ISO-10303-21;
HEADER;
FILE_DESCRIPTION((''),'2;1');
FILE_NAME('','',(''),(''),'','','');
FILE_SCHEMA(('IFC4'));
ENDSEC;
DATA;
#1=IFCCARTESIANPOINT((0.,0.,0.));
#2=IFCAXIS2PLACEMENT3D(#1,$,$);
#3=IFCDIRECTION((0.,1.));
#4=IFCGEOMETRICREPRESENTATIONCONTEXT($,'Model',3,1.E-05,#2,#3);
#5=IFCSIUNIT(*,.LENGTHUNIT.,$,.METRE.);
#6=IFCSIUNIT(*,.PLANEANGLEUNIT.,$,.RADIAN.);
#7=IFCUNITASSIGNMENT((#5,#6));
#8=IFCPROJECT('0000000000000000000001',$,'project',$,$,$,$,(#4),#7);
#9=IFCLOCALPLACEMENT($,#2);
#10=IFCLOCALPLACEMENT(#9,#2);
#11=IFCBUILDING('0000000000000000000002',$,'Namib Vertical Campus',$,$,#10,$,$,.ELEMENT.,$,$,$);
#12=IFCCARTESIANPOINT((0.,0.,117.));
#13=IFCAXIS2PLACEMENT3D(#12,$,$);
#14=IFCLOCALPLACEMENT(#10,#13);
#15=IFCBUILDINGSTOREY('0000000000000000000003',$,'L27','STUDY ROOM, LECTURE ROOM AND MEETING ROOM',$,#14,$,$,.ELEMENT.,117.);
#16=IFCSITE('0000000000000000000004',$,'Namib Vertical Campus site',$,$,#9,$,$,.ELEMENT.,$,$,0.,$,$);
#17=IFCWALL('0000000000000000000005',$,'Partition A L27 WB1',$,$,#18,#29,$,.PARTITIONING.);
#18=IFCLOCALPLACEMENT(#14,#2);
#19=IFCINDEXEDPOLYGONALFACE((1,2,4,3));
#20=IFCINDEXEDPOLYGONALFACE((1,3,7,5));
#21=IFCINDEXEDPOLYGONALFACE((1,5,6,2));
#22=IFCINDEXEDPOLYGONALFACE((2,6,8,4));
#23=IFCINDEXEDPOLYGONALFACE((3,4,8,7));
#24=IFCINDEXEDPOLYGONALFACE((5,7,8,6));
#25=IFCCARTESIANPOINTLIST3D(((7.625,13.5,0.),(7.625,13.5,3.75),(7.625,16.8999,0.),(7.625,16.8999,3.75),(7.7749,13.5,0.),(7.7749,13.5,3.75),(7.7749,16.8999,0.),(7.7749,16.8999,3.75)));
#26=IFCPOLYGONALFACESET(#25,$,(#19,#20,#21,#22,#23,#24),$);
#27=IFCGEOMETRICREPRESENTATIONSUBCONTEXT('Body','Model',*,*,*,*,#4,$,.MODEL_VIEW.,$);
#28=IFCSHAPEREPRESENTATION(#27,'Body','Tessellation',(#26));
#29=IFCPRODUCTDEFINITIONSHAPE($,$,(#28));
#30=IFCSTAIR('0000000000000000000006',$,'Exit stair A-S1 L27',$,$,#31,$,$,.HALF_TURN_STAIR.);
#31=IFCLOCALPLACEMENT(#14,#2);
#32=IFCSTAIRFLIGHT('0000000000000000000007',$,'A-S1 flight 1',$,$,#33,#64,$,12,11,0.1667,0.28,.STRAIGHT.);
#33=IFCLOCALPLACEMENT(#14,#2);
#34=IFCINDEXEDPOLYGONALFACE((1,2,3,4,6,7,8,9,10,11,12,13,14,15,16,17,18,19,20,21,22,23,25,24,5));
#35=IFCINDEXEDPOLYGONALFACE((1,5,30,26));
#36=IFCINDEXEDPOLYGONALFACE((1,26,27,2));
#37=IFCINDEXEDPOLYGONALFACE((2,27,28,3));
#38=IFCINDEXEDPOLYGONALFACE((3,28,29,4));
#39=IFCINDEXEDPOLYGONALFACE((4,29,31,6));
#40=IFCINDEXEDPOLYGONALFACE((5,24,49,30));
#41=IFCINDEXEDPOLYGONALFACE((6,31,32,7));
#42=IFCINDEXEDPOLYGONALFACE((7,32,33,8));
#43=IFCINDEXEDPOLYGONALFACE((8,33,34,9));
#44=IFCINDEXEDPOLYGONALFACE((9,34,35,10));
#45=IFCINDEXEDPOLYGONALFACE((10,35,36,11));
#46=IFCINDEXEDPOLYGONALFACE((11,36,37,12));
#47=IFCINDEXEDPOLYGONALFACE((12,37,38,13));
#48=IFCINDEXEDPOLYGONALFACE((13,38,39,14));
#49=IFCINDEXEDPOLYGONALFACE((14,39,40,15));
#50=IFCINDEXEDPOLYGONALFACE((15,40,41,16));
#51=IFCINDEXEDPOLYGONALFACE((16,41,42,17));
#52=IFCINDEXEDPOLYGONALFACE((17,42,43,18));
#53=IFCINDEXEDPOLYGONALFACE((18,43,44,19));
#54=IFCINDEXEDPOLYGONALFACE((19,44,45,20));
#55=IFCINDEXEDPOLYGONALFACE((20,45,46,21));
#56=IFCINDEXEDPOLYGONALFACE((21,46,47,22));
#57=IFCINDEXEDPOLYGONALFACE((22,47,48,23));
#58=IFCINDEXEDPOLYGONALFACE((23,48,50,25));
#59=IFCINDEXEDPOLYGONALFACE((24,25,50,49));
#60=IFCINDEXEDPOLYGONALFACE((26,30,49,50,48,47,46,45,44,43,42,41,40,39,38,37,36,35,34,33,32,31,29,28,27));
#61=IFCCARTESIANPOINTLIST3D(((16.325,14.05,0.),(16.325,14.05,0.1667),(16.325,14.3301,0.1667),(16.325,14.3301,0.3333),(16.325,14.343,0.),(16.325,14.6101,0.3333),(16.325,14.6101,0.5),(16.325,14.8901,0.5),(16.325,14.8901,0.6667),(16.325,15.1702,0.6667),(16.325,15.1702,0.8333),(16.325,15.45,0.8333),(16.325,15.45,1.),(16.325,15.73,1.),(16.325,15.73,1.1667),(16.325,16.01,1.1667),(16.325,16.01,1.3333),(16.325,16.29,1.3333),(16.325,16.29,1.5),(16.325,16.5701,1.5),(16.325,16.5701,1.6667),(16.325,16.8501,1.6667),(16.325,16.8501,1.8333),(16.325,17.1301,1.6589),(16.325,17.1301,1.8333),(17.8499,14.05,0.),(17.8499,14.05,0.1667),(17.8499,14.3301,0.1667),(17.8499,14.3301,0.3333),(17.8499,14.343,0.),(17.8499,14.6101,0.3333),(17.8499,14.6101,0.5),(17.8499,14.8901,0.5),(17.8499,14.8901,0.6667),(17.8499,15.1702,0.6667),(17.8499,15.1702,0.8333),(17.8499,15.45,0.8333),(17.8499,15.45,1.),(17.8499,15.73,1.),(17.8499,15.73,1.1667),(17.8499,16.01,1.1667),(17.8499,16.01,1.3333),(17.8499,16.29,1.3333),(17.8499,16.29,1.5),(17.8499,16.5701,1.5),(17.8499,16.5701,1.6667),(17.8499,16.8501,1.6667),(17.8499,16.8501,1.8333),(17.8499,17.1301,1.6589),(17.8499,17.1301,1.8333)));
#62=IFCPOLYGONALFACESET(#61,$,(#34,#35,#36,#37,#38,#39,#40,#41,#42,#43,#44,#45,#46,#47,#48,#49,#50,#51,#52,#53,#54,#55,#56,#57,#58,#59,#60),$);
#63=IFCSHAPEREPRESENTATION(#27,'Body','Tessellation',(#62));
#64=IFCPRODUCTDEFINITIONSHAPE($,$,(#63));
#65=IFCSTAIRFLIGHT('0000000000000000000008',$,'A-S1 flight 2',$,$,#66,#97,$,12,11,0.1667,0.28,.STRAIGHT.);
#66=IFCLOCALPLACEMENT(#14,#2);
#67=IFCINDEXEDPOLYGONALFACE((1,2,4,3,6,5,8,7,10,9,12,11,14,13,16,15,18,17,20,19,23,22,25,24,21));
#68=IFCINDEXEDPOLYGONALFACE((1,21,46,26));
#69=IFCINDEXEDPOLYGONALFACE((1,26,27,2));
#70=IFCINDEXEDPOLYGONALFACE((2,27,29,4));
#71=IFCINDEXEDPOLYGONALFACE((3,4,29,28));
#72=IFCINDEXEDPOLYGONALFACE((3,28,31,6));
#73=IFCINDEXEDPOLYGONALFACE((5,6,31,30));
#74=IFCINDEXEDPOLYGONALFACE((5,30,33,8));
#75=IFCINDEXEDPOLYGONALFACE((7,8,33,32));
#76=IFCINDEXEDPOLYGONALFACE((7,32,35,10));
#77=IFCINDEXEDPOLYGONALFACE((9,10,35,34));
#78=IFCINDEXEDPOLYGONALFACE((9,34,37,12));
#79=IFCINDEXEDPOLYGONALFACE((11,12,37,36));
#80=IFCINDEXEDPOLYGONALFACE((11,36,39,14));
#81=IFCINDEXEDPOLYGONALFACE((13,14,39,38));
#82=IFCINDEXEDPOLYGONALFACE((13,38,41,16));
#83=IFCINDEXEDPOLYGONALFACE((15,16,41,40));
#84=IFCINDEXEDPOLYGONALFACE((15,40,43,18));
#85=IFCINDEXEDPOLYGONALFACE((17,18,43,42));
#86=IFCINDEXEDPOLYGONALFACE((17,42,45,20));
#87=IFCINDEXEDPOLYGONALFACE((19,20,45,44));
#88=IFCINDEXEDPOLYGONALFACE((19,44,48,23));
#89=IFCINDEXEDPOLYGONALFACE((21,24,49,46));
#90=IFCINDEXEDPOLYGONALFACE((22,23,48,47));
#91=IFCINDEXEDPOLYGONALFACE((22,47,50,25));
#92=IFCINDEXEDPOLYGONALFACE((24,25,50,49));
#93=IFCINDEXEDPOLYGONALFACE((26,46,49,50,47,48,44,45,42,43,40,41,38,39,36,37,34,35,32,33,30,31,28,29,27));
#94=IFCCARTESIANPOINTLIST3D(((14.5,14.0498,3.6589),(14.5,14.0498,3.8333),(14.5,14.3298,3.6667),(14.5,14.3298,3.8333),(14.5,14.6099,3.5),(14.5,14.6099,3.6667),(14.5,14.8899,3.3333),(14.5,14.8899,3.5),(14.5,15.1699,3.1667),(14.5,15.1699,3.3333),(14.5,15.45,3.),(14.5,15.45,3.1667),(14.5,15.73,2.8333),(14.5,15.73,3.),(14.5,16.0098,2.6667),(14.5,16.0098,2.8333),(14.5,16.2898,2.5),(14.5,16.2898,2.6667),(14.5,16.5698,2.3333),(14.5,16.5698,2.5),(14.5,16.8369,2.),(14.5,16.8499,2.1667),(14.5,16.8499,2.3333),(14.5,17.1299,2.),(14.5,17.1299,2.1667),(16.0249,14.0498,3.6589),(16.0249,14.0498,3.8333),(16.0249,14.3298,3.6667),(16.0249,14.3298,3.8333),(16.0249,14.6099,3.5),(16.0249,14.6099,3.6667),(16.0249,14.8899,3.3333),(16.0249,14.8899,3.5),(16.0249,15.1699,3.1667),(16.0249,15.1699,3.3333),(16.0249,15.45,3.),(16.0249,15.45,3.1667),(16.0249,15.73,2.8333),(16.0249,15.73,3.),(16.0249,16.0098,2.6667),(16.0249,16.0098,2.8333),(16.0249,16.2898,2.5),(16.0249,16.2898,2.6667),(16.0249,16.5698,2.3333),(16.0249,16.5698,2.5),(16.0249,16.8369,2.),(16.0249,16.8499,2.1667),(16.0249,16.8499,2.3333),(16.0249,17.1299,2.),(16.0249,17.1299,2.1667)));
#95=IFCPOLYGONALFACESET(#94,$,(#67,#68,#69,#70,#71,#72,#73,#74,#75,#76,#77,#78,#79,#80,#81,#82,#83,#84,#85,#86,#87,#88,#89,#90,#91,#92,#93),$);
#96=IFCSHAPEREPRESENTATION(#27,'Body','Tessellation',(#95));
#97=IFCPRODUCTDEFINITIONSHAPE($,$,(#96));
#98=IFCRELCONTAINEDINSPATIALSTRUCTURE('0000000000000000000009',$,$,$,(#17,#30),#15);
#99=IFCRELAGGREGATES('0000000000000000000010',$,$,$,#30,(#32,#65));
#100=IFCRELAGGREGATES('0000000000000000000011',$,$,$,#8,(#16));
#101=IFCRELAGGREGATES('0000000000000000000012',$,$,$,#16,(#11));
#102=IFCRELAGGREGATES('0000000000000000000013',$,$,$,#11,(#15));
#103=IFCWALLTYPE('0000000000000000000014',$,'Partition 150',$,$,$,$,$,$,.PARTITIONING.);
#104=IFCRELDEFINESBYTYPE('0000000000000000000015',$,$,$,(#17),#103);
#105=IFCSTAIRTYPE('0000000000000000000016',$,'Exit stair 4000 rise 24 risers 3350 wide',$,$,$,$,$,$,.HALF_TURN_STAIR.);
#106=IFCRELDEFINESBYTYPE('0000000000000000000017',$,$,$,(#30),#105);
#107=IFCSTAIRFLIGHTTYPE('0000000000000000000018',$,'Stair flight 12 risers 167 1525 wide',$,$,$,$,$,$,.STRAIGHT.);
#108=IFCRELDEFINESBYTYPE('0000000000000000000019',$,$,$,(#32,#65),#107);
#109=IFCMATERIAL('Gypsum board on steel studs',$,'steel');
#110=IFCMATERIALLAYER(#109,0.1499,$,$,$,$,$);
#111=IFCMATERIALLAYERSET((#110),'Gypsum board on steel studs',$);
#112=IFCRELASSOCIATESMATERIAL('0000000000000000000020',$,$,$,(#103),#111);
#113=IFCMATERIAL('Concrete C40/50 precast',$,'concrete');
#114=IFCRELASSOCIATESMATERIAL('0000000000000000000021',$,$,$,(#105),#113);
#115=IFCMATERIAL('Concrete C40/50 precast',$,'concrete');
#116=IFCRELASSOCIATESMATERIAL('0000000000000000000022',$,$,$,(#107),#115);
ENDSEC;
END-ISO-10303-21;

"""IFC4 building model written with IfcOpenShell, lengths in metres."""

from ifc_helpers import new_model, si_unit, direction, frame, frame_2d, origin, place, context, subcontext, project, spatial, polyline, rectangle, outline, extrude, material, layer, layer_set, type_object, element, aggregate, save


model = new_model("IFC4")

# Units and contexts
model_context = context("Model", 3, precision=1e-05, world=origin(), true_north=direction((0.0, 1.0)))
body_context = subcontext(model_context, "Body", "Model", "MODEL_VIEW")
ifc_project = project(units=[si_unit("LENGTHUNIT", "METRE"), si_unit("PLANEANGLEUNIT", "RADIAN")], contexts=[model_context])

# Site, building, storey
site_placement = place(None, origin())
site = spatial("IfcSite", under=ifc_project, at=site_placement, Name="Namib Vertical Campus site", CompositionType="ELEMENT", RefElevation=0.0)
building_placement = place(site_placement, origin())
building = spatial("IfcBuilding", under=site, at=building_placement, Name="Namib Vertical Campus", CompositionType="ELEMENT")
storey_placement = place(building_placement, frame((0.0, 0.0, 117.0)))
storey = spatial("IfcBuildingStorey", under=building, at=storey_placement, Name="L27", Description="STUDY ROOM, LECTURE ROOM AND MEETING ROOM", CompositionType="ELEMENT", Elevation=117.0)

# Wall
ifc_material_1 = material(Name="Gypsum board on steel studs", Category="steel")
ifc_layer_1 = layer(ifc_material_1, 0.1499)
ifc_layer_set_1 = layer_set([ifc_layer_1], Name="Gypsum board on steel studs")
wall_type_1 = type_object("IfcWallType", Name="Partition 150", PredefinedType="PARTITIONING", material=ifc_layer_set_1)
wall_1_placement = place(storey_placement, frame((7.7, 13.5, 0.0), z_axis=(0.0, 0.0, 1.0), x_axis=(0.0, 1.0, 0.0)))
element("IfcWall", 1, at=wall_1_placement, inside=storey, type_object=wall_type_1, Name="Partition A L27 WB1", PredefinedType="PARTITIONING", context=body_context, shape_type="SweptSolid", body=[
    extrude(rectangle(XDim=3.3999, YDim=0.1499, at=frame_2d((1.7, 0.0))), origin(), (0.0, 0.0, 1.0), 3.75),
])

# Stair, stair flights
ifc_material_2 = material(Name="Concrete C40/50 precast", Category="concrete")
stair_type = type_object("IfcStairType", Name="Exit stair 4000 rise 24 risers 3350 wide", PredefinedType="HALF_TURN_STAIR", material=ifc_material_2)
stair_placement = place(storey_placement, origin())
stair = element("IfcStair", 2, at=stair_placement, inside=storey, type_object=stair_type, Name="Exit stair A-S1 L27", PredefinedType="HALF_TURN_STAIR")
ifc_material_3 = material(Name="Concrete C40/50 precast", Category="concrete")
stair_flight_type = type_object("IfcStairFlightType", Name="Stair flight 12 risers 167 1525 wide", PredefinedType="STRAIGHT", material=ifc_material_3)
stair_flight_1_placement = place(storey_placement, frame((17.0874, 14.05, 0.0), z_axis=(0.0, 0.0, 1.0), x_axis=(0.0, 1.0, 0.0)))
stair_flight_1 = element("IfcStairFlight", 3, at=stair_flight_1_placement, type_object=stair_flight_type, Name="A-S1 flight 1", NumberOfRisers=12, NumberOfTreads=11, PredefinedType="STRAIGHT", RiserHeight=0.1667, TreadLength=0.28, context=body_context, shape_type="SweptSolid", body=[
    extrude(outline(polyline([(0.0, 0.0), (0.0, 0.1667), (0.28, 0.1667), (0.28, 0.3333), (0.5601, 0.3333), (0.5601, 0.5), (0.8401, 0.5), (0.8401, 0.6667), (1.1201, 0.6667), (1.1201, 0.8333), (1.3999, 0.8333), (1.3999, 1.0), (1.6799, 1.0), (1.6799, 1.1667), (1.96, 1.1667), (1.96, 1.3333), (2.24, 1.3333), (2.24, 1.5), (2.52, 1.5), (2.52, 1.6667), (2.8, 1.6667), (2.8, 1.8333), (3.0801, 1.8333), (3.0801, 2.0), (3.0801, 1.6589), (0.293, 0.0), (0.0, 0.0)])), frame((0.0, 0.7625, 0.0), z_axis=(0.0, -1.0, 0.0), x_axis=(1.0, 0.0, 0.0)), (0.0, 0.0, 1.0), 1.5249),
])
stair_flight_2_placement = place(storey_placement, frame((15.2625, 17.1299, 2.0), z_axis=(0.0, 0.0, 1.0), x_axis=(0.0, -1.0, 0.0)))
stair_flight_2 = element("IfcStairFlight", 4, at=stair_flight_2_placement, type_object=stair_flight_type, Name="A-S1 flight 2", NumberOfRisers=12, NumberOfTreads=11, PredefinedType="STRAIGHT", RiserHeight=0.1667, TreadLength=0.28, context=body_context, shape_type="SweptSolid", body=[
    extrude(outline(polyline([(0.0, 0.0), (0.0, 0.1667), (0.28, 0.1667), (0.28, 0.3333), (0.5601, 0.3333), (0.5601, 0.5), (0.8401, 0.5), (0.8401, 0.6667), (1.1201, 0.6667), (1.1201, 0.8333), (1.3999, 0.8333), (1.3999, 1.0), (1.6799, 1.0), (1.6799, 1.1667), (1.96, 1.1667), (1.96, 1.3333), (2.24, 1.3333), (2.24, 1.5), (2.52, 1.5), (2.52, 1.6667), (2.8, 1.6667), (2.8, 1.8333), (3.0801, 1.8333), (3.0801, 2.0), (3.0801, 1.6589), (0.293, 0.0), (0.0, 0.0)])), frame((0.0, 0.7625, 0.0), z_axis=(0.0, -1.0, 0.0), x_axis=(1.0, 0.0, 0.0)), (0.0, 0.0, 1.0), 1.5249),
])
aggregate(stair, [stair_flight_1, stair_flight_2])

save(model, "model.ifc")
